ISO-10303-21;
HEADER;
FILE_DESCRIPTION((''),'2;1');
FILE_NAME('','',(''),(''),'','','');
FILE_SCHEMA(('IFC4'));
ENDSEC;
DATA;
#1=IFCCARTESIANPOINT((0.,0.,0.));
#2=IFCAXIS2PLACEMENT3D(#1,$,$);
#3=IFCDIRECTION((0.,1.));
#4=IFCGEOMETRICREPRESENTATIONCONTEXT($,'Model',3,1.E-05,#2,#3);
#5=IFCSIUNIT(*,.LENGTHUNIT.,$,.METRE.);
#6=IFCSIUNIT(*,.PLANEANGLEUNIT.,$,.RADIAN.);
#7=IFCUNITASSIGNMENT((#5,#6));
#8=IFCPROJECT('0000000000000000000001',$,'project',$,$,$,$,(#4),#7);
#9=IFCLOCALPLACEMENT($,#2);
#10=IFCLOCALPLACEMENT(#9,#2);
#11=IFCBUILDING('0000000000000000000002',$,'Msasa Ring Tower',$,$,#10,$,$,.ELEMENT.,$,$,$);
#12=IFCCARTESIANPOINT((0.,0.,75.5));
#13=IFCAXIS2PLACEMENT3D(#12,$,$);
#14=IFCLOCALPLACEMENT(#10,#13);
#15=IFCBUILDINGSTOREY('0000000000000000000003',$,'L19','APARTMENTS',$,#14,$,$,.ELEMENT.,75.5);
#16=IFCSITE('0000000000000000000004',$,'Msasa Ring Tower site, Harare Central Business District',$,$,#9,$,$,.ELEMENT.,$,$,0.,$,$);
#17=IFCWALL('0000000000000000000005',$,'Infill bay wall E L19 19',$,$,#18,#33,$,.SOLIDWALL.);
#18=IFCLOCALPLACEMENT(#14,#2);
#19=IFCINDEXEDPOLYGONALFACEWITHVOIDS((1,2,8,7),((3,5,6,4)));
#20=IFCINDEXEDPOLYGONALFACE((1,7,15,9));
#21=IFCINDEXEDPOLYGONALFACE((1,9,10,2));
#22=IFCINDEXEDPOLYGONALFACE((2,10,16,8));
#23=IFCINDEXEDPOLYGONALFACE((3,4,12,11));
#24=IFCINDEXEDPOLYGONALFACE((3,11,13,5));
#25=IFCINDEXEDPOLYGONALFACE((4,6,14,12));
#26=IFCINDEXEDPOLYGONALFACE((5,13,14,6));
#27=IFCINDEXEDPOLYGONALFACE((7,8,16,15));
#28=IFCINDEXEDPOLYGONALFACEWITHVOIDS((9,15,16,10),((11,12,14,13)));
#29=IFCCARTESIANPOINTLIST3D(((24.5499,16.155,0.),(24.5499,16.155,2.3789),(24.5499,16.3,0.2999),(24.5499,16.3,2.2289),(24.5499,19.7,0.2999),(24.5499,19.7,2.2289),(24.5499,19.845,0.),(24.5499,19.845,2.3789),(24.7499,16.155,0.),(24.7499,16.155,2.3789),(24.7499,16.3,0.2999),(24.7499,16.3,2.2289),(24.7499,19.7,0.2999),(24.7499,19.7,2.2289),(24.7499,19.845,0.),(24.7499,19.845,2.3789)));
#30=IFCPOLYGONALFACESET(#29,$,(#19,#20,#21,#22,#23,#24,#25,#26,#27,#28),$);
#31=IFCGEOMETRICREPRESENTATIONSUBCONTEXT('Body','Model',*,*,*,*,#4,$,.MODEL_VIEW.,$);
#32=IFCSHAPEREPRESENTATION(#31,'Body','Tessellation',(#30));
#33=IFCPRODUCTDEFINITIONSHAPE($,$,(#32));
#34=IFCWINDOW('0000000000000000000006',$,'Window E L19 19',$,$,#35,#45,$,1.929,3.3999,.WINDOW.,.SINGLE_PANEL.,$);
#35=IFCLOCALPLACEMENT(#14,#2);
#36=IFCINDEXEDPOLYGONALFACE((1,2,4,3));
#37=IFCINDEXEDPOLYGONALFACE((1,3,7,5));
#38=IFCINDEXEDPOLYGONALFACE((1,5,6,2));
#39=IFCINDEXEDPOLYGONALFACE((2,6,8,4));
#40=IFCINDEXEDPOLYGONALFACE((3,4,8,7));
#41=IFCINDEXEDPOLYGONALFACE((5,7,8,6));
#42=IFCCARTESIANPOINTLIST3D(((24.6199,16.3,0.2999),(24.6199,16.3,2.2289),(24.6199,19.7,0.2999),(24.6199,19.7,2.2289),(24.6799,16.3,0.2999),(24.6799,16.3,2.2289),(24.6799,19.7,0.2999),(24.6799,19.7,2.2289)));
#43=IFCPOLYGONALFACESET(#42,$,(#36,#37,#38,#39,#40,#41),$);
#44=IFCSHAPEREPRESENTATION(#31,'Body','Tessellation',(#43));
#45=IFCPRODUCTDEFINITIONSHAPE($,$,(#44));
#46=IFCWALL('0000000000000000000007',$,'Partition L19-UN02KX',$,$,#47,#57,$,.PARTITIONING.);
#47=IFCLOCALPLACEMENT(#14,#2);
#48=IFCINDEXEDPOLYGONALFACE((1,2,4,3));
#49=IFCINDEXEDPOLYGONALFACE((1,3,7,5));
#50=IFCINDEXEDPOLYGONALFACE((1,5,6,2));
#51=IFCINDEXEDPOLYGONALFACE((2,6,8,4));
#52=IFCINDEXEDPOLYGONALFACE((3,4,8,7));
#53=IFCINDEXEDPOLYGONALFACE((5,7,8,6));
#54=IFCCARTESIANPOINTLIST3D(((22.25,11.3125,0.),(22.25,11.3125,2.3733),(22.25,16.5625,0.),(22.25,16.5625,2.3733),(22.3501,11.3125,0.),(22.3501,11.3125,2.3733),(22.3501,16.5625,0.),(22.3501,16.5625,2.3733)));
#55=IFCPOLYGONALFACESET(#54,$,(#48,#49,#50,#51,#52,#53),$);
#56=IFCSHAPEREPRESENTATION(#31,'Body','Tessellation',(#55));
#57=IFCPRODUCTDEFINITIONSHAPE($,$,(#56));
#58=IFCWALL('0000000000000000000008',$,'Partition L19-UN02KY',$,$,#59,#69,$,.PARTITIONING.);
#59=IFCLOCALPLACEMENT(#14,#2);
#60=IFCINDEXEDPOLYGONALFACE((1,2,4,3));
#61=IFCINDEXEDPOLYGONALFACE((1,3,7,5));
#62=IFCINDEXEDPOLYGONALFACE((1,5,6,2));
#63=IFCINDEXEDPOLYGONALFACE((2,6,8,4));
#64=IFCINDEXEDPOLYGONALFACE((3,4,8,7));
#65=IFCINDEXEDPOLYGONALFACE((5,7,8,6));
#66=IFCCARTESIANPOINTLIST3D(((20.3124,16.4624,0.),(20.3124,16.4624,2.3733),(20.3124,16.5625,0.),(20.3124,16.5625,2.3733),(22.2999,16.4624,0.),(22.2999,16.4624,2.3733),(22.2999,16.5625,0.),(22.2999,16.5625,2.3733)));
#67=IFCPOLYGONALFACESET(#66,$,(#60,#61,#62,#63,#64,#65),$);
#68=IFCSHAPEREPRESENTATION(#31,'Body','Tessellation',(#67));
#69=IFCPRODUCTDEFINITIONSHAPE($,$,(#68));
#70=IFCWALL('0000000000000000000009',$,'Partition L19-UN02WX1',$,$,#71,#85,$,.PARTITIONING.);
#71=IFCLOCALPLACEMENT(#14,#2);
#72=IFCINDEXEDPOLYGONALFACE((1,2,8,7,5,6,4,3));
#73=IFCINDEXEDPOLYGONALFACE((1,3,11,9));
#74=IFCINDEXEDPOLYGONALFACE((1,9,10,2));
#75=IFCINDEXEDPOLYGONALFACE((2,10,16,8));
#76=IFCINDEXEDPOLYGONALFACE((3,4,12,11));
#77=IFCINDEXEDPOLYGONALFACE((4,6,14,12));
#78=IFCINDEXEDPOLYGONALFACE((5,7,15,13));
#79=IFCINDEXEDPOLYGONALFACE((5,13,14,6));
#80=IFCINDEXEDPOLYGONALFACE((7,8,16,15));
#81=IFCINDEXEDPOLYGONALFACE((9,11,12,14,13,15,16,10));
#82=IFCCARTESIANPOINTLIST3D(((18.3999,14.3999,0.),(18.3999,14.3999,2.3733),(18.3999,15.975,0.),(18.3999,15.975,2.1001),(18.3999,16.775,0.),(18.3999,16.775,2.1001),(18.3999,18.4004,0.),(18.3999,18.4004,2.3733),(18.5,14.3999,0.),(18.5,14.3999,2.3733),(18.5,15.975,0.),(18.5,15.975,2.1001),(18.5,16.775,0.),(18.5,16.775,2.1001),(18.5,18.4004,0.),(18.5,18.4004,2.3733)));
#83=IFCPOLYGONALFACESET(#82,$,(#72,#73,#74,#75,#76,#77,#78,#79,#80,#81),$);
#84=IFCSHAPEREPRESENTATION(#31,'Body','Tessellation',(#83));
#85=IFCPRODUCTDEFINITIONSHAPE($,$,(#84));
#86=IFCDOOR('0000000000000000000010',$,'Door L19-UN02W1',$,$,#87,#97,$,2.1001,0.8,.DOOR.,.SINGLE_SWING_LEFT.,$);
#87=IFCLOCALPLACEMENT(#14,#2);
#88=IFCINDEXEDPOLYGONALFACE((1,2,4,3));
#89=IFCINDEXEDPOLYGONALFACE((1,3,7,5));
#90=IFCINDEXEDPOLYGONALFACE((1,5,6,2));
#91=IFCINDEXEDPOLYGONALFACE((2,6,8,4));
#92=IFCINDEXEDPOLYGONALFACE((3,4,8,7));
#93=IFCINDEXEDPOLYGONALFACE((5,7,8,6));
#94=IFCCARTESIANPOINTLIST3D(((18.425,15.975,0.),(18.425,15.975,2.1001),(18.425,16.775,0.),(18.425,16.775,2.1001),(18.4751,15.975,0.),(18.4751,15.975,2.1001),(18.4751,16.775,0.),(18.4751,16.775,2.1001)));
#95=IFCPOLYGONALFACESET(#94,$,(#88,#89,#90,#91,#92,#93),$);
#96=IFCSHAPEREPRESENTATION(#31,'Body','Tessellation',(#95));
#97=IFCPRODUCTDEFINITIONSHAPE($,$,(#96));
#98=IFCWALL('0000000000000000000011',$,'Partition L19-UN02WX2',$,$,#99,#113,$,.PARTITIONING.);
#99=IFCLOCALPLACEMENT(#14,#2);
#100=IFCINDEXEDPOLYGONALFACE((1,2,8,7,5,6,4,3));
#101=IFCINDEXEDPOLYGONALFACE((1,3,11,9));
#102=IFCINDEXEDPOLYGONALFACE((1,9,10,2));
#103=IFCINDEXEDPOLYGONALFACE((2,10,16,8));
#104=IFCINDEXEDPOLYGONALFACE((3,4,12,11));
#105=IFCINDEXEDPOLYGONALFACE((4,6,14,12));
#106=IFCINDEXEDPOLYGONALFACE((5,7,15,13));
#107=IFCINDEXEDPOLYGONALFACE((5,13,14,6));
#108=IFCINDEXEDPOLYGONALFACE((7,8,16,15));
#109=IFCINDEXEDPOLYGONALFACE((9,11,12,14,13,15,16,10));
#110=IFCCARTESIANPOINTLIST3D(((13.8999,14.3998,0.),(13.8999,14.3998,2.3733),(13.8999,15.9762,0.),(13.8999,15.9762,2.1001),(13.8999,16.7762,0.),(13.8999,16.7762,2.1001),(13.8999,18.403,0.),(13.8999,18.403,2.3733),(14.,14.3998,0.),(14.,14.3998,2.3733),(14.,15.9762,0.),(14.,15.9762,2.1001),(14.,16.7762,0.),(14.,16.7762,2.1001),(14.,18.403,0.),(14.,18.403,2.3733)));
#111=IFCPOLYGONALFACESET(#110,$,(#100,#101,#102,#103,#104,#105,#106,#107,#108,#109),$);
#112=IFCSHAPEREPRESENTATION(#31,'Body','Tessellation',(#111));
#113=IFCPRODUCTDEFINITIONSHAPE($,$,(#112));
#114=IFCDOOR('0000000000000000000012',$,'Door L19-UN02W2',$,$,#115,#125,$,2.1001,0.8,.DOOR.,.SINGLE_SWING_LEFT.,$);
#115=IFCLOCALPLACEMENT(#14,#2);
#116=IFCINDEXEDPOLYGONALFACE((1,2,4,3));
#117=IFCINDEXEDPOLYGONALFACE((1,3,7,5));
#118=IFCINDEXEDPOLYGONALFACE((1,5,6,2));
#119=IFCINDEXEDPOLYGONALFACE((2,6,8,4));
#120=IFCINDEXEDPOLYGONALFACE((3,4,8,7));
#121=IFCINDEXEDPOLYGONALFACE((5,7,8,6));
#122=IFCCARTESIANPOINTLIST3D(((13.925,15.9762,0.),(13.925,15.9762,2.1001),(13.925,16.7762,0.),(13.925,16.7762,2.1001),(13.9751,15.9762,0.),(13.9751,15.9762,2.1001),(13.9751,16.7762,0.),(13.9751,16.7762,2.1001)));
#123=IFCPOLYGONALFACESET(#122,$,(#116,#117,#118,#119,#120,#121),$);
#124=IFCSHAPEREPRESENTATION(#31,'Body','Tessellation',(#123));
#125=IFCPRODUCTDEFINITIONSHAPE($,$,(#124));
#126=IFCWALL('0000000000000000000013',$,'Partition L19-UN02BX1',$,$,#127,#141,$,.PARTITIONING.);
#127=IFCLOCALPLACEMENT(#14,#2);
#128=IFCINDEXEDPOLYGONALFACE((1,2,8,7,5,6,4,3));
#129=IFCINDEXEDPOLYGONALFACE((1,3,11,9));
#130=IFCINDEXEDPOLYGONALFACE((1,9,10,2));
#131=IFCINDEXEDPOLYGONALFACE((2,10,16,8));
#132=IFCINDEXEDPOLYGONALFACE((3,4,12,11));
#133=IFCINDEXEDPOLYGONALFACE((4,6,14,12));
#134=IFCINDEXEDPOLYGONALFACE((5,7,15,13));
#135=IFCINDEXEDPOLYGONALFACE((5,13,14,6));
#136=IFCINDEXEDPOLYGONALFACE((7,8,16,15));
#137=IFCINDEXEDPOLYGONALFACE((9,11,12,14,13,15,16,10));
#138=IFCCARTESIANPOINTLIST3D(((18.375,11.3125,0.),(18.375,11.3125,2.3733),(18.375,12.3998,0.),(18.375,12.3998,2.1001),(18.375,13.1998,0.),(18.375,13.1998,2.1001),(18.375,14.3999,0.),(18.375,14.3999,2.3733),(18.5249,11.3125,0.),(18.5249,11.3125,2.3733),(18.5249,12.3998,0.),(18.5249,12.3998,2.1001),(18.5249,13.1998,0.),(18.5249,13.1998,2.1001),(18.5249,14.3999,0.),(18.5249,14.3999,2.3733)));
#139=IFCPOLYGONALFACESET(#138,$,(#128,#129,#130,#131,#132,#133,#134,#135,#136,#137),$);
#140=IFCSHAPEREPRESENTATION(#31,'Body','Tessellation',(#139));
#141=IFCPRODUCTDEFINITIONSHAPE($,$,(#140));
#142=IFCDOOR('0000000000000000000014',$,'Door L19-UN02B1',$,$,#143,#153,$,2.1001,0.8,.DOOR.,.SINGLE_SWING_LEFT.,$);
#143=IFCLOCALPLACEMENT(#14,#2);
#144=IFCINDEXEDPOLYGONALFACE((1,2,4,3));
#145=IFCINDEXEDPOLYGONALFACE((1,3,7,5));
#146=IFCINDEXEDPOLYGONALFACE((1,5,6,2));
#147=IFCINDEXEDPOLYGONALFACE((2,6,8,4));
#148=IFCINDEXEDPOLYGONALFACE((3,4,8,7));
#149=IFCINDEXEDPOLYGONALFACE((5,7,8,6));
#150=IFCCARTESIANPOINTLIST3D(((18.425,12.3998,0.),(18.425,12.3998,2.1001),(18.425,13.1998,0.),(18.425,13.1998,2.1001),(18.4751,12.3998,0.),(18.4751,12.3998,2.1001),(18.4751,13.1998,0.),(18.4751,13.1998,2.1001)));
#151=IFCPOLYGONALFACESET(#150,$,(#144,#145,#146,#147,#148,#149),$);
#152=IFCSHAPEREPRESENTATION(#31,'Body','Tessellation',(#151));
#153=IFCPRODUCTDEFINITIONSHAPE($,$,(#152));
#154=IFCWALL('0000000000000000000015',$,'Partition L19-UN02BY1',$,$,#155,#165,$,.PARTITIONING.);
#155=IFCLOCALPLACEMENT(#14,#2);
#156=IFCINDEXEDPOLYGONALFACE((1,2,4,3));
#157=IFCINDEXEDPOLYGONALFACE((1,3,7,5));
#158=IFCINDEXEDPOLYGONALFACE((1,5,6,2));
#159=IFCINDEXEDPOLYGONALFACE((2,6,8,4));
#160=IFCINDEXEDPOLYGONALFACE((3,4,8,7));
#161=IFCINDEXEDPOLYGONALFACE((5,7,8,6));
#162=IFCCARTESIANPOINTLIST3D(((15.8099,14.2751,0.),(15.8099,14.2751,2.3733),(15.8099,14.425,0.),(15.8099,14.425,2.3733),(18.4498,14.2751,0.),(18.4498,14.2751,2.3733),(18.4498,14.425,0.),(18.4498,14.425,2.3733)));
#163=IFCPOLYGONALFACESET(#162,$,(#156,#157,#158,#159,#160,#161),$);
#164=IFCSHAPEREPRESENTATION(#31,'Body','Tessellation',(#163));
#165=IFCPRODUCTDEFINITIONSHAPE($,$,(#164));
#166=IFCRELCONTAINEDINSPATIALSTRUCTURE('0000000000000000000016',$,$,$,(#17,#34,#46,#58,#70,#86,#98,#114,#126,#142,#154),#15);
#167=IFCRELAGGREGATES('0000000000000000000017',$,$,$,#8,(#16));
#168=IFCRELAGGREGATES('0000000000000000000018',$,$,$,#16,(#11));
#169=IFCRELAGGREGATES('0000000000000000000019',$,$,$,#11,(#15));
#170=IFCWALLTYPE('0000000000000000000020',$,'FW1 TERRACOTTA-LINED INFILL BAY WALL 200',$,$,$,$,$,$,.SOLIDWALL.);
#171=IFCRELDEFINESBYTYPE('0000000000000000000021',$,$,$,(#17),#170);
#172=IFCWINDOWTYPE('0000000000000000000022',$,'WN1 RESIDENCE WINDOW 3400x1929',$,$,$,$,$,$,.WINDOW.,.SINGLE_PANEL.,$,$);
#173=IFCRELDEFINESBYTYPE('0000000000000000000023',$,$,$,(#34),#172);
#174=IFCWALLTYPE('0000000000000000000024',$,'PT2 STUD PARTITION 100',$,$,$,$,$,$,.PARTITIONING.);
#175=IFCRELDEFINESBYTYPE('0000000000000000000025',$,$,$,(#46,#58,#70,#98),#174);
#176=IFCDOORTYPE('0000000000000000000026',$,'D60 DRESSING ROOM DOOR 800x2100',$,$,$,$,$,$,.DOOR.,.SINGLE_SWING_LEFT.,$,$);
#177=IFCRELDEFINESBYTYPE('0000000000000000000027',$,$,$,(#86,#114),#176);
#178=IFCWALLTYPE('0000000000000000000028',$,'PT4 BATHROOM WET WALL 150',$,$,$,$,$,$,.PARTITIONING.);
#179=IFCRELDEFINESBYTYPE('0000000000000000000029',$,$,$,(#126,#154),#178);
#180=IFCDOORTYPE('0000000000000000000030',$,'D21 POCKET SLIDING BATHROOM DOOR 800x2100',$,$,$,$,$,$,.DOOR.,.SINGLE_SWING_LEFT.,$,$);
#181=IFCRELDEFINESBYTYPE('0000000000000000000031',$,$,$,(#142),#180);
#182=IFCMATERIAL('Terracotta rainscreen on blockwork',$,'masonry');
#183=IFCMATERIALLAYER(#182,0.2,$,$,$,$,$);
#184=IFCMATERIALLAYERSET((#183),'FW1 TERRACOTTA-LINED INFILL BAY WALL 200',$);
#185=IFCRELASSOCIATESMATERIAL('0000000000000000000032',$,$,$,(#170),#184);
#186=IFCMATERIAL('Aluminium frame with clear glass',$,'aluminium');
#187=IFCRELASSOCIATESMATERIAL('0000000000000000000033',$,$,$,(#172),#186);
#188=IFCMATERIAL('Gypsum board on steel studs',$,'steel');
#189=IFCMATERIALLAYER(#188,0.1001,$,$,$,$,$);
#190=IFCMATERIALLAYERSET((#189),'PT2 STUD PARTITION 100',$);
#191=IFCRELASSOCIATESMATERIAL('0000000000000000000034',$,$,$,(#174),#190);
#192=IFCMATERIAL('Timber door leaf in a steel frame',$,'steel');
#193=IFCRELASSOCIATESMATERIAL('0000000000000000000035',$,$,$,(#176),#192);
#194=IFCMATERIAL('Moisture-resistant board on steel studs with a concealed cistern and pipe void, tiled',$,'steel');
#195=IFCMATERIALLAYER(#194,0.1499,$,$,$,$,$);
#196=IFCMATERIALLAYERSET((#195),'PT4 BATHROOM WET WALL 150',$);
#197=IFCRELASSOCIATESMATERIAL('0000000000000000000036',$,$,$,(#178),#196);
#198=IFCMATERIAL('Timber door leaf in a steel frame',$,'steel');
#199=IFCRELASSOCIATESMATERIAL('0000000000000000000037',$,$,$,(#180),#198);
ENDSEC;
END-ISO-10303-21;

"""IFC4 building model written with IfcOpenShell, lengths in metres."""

from ifc_helpers import new_model, si_unit, direction, frame, frame_2d, origin, place, context, subcontext, project, spatial, rectangle, extrude, material, layer, layer_set, type_object, element, fill, save


model = new_model("IFC4")

# Units and contexts
model_context = context("Model", 3, precision=1e-05, world=origin(), true_north=direction((0.0, 1.0)))
body_context = subcontext(model_context, "Body", "Model", "MODEL_VIEW")
ifc_project = project(units=[si_unit("LENGTHUNIT", "METRE"), si_unit("PLANEANGLEUNIT", "RADIAN")], contexts=[model_context])

# Site, building, storey
site_placement = place(None, origin())
site = spatial("IfcSite", under=ifc_project, at=site_placement, Name="Msasa Ring Tower site, Harare Central Business District", CompositionType="ELEMENT", RefElevation=0.0)
building_placement = place(site_placement, origin())
building = spatial("IfcBuilding", under=site, at=building_placement, Name="Msasa Ring Tower", CompositionType="ELEMENT")
storey_placement = place(building_placement, frame((0.0, 0.0, 75.5)))
storey = spatial("IfcBuildingStorey", under=building, at=storey_placement, Name="L19", Description="APARTMENTS", CompositionType="ELEMENT", Elevation=75.5)

# Wall, opening, window
ifc_material_1 = material(Name="Terracotta rainscreen on blockwork", Category="masonry")
ifc_layer_1 = layer(ifc_material_1, 0.2)
ifc_layer_set_1 = layer_set([ifc_layer_1], Name="FW1 TERRACOTTA-LINED INFILL BAY WALL 200")
wall_type_1 = type_object("IfcWallType", Name="FW1 TERRACOTTA-LINED INFILL BAY WALL 200", PredefinedType="SOLIDWALL", material=ifc_layer_set_1)
ifc_material_2 = material(Name="Aluminium frame with clear glass", Category="aluminium")
window_type = type_object("IfcWindowType", Name="WN1 RESIDENCE WINDOW 3400x1929", PartitioningType="SINGLE_PANEL", PredefinedType="WINDOW", material=ifc_material_2)
wall_1_placement = place(storey_placement, frame((24.6499, 16.155, 0.0), z_axis=(0.0, 0.0, 1.0), x_axis=(0.0, 1.0, 0.0)))
wall_1 = element("IfcWall", 1, at=wall_1_placement, inside=storey, type_object=wall_type_1, Name="Infill bay wall E L19 19", PredefinedType="SOLIDWALL", context=body_context, shape_type="SweptSolid", body=[
    extrude(rectangle(XDim=3.6899, YDim=0.2, at=frame_2d((1.845, 0.0))), origin(), (0.0, 0.0, 1.0), 2.3789),
])
opening_1_placement = place(wall_1_placement, frame((0.145, 0.0, 0.3)))
opening_1 = element("IfcOpeningElement", 2, at=opening_1_placement, cuts=wall_1, PredefinedType="OPENING", context=body_context, shape_type="SweptSolid", body=[
    extrude(rectangle(XDim=3.3999, YDim=1.929, at=frame_2d((1.7, 0.9644))), frame((0.0, 0.1099, 0.0), z_axis=(0.0, -1.0, 0.0), x_axis=(1.0, 0.0, 0.0)), (0.0, 0.0, 1.0), 0.22),
])
window_1_placement = place(opening_1_placement, origin())
window_1 = element("IfcWindow", 3, at=window_1_placement, inside=storey, type_object=window_type, Name="Window E L19 19", OverallHeight=1.929, OverallWidth=3.3999, PartitioningType="SINGLE_PANEL", PredefinedType="WINDOW", context=body_context, shape_type="SweptSolid", body=[
    extrude(rectangle(XDim=3.3999, YDim=1.929, at=frame_2d((1.7, 0.9644))), frame((0.0, 0.03, 0.0), z_axis=(0.0, -1.0, 0.0), x_axis=(1.0, 0.0, 0.0)), (0.0, 0.0, 1.0), 0.0601),
])
fill(opening_1, window_1)

# Walls
ifc_material_3 = material(Name="Gypsum board on steel studs", Category="steel")
ifc_layer_2 = layer(ifc_material_3, 0.1001)
ifc_layer_set_2 = layer_set([ifc_layer_2], Name="PT2 STUD PARTITION 100")
wall_type_2 = type_object("IfcWallType", Name="PT2 STUD PARTITION 100", PredefinedType="PARTITIONING", material=ifc_layer_set_2)
wall_2_placement = place(storey_placement, frame((22.3, 11.3125, 0.0), z_axis=(0.0, 0.0, 1.0), x_axis=(0.0, 1.0, 0.0)))
element("IfcWall", 4, at=wall_2_placement, inside=storey, type_object=wall_type_2, Name="Partition L19-UN02KX", PredefinedType="PARTITIONING", context=body_context, shape_type="SweptSolid", body=[
    extrude(rectangle(XDim=5.25, YDim=0.1001, at=frame_2d((2.625, 0.0))), origin(), (0.0, 0.0, 1.0), 2.3733),
])
wall_3_placement = place(storey_placement, frame((20.3125, 16.5125, 0.0), z_axis=(0.0, 0.0, 1.0), x_axis=(1.0, 0.0, 0.0)))
element("IfcWall", 5, at=wall_3_placement, inside=storey, type_object=wall_type_2, Name="Partition L19-UN02KY", PredefinedType="PARTITIONING", context=body_context, shape_type="SweptSolid", body=[
    extrude(rectangle(XDim=1.9875, YDim=0.1001, at=frame_2d((0.9937, 0.0))), origin(), (0.0, 0.0, 1.0), 2.3733),
])

# Walls, openings, doors
wall_4_placement = place(storey_placement, frame((18.45, 14.3999, 0.0), z_axis=(0.0, 0.0, 1.0), x_axis=(0.0, 1.0, 0.0)))
wall_4 = element("IfcWall", 6, at=wall_4_placement, inside=storey, type_object=wall_type_2, Name="Partition L19-UN02WX1", PredefinedType="PARTITIONING", context=body_context, shape_type="SweptSolid", body=[
    extrude(rectangle(XDim=4.0005, YDim=0.1001, at=frame_2d((2.0002, 0.0))), origin(), (0.0, 0.0, 1.0), 2.3733),
])
opening_2_placement = place(wall_4_placement, frame((1.5752, 0.0, 0.0)))
opening_2 = element("IfcOpeningElement", 7, at=opening_2_placement, cuts=wall_4, PredefinedType="OPENING", context=body_context, shape_type="SweptSolid", body=[
    extrude(rectangle(XDim=0.8, YDim=2.1001, at=frame_2d((0.3999, 1.05))), frame((0.0, 0.0601, 0.0), z_axis=(0.0, -1.0, 0.0), x_axis=(1.0, 0.0, 0.0)), (0.0, 0.0, 1.0), 0.1201),
])
ifc_material_4 = material(Name="Timber door leaf in a steel frame", Category="steel")
door_type_1 = type_object("IfcDoorType", Name="D60 DRESSING ROOM DOOR 800x2100", OperationType="SINGLE_SWING_LEFT", PredefinedType="DOOR", material=ifc_material_4)
door_1_placement = place(opening_2_placement, origin())
door_1 = element("IfcDoor", 8, at=door_1_placement, inside=storey, type_object=door_type_1, Name="Door L19-UN02W1", OperationType="SINGLE_SWING_LEFT", OverallHeight=2.1001, OverallWidth=0.8, PredefinedType="DOOR", context=body_context, shape_type="SweptSolid", body=[
    extrude(rectangle(XDim=0.8, YDim=2.1001, at=frame_2d((0.3999, 1.05))), frame((0.0, 0.0249, 0.0), z_axis=(0.0, -1.0, 0.0), x_axis=(1.0, 0.0, 0.0)), (0.0, 0.0, 1.0), 0.05),
])
fill(opening_2, door_1)
wall_5_placement = place(storey_placement, frame((13.95, 14.3999, 0.0), z_axis=(0.0, 0.0, 1.0), x_axis=(0.0, 1.0, 0.0)))
wall_5 = element("IfcWall", 9, at=wall_5_placement, inside=storey, type_object=wall_type_2, Name="Partition L19-UN02WX2", PredefinedType="PARTITIONING", context=body_context, shape_type="SweptSolid", body=[
    extrude(rectangle(XDim=4.0032, YDim=0.1001, at=frame_2d((2.0015, 0.0))), origin(), (0.0, 0.0, 1.0), 2.3733),
])
opening_3_placement = place(wall_5_placement, frame((1.5764, 0.0, 0.0)))
opening_3 = element("IfcOpeningElement", 10, at=opening_3_placement, cuts=wall_5, PredefinedType="OPENING", context=body_context, shape_type="SweptSolid", body=[
    extrude(rectangle(XDim=0.8, YDim=2.1001, at=frame_2d((0.3999, 1.05))), frame((0.0, 0.0601, 0.0), z_axis=(0.0, -1.0, 0.0), x_axis=(1.0, 0.0, 0.0)), (0.0, 0.0, 1.0), 0.1201),
])
door_2_placement = place(opening_3_placement, origin())
door_2 = element("IfcDoor", 11, at=door_2_placement, inside=storey, type_object=door_type_1, Name="Door L19-UN02W2", OperationType="SINGLE_SWING_LEFT", OverallHeight=2.1001, OverallWidth=0.8, PredefinedType="DOOR", context=body_context, shape_type="SweptSolid", body=[
    extrude(rectangle(XDim=0.8, YDim=2.1001, at=frame_2d((0.3999, 1.05))), frame((0.0, 0.0249, 0.0), z_axis=(0.0, -1.0, 0.0), x_axis=(1.0, 0.0, 0.0)), (0.0, 0.0, 1.0), 0.05),
])
fill(opening_3, door_2)
ifc_material_5 = material(Name="Moisture-resistant board on steel studs with a concealed cistern and pipe void, tiled", Category="steel")
ifc_layer_3 = layer(ifc_material_5, 0.1499)
ifc_layer_set_3 = layer_set([ifc_layer_3], Name="PT4 BATHROOM WET WALL 150")
wall_type_3 = type_object("IfcWallType", Name="PT4 BATHROOM WET WALL 150", PredefinedType="PARTITIONING", material=ifc_layer_set_3)
wall_6_placement = place(storey_placement, frame((18.45, 11.3125, 0.0), z_axis=(0.0, 0.0, 1.0), x_axis=(0.0, 1.0, 0.0)))
wall_6 = element("IfcWall", 12, at=wall_6_placement, inside=storey, type_object=wall_type_3, Name="Partition L19-UN02BX1", PredefinedType="PARTITIONING", context=body_context, shape_type="SweptSolid", body=[
    extrude(rectangle(XDim=3.0874, YDim=0.1499, at=frame_2d((1.5437, 0.0))), origin(), (0.0, 0.0, 1.0), 2.3733),
])
opening_4_placement = place(wall_6_placement, frame((1.0874, 0.0, 0.0)))
opening_4 = element("IfcOpeningElement", 13, at=opening_4_placement, cuts=wall_6, PredefinedType="OPENING", context=body_context, shape_type="SweptSolid", body=[
    extrude(rectangle(XDim=0.8, YDim=2.1001, at=frame_2d((0.3999, 1.05))), frame((0.0, 0.085, 0.0), z_axis=(0.0, -1.0, 0.0), x_axis=(1.0, 0.0, 0.0)), (0.0, 0.0, 1.0), 0.1699),
])
ifc_material_6 = material(Name="Timber door leaf in a steel frame", Category="steel")
door_type_2 = type_object("IfcDoorType", Name="D21 POCKET SLIDING BATHROOM DOOR 800x2100", OperationType="SINGLE_SWING_LEFT", PredefinedType="DOOR", material=ifc_material_6)
door_3_placement = place(opening_4_placement, origin())
door_3 = element("IfcDoor", 14, at=door_3_placement, inside=storey, type_object=door_type_2, Name="Door L19-UN02B1", OperationType="SINGLE_SWING_LEFT", OverallHeight=2.1001, OverallWidth=0.8, PredefinedType="DOOR", context=body_context, shape_type="SweptSolid", body=[
    extrude(rectangle(XDim=0.8, YDim=2.1001, at=frame_2d((0.3999, 1.05))), frame((0.0, 0.0249, 0.0), z_axis=(0.0, -1.0, 0.0), x_axis=(1.0, 0.0, 0.0)), (0.0, 0.0, 1.0), 0.05),
])
fill(opening_4, door_3)

# Wall
wall_7_placement = place(storey_placement, frame((15.8101, 14.3501, 0.0), z_axis=(0.0, 0.0, 1.0), x_axis=(1.0, 0.0, 0.0)))
element("IfcWall", 15, at=wall_7_placement, inside=storey, type_object=wall_type_3, Name="Partition L19-UN02BY1", PredefinedType="PARTITIONING", context=body_context, shape_type="SweptSolid", body=[
    extrude(rectangle(XDim=2.6399, YDim=0.1499, at=frame_2d((1.3198, 0.0))), origin(), (0.0, 0.0, 1.0), 2.3733),
])

save(model, "model.ifc")
